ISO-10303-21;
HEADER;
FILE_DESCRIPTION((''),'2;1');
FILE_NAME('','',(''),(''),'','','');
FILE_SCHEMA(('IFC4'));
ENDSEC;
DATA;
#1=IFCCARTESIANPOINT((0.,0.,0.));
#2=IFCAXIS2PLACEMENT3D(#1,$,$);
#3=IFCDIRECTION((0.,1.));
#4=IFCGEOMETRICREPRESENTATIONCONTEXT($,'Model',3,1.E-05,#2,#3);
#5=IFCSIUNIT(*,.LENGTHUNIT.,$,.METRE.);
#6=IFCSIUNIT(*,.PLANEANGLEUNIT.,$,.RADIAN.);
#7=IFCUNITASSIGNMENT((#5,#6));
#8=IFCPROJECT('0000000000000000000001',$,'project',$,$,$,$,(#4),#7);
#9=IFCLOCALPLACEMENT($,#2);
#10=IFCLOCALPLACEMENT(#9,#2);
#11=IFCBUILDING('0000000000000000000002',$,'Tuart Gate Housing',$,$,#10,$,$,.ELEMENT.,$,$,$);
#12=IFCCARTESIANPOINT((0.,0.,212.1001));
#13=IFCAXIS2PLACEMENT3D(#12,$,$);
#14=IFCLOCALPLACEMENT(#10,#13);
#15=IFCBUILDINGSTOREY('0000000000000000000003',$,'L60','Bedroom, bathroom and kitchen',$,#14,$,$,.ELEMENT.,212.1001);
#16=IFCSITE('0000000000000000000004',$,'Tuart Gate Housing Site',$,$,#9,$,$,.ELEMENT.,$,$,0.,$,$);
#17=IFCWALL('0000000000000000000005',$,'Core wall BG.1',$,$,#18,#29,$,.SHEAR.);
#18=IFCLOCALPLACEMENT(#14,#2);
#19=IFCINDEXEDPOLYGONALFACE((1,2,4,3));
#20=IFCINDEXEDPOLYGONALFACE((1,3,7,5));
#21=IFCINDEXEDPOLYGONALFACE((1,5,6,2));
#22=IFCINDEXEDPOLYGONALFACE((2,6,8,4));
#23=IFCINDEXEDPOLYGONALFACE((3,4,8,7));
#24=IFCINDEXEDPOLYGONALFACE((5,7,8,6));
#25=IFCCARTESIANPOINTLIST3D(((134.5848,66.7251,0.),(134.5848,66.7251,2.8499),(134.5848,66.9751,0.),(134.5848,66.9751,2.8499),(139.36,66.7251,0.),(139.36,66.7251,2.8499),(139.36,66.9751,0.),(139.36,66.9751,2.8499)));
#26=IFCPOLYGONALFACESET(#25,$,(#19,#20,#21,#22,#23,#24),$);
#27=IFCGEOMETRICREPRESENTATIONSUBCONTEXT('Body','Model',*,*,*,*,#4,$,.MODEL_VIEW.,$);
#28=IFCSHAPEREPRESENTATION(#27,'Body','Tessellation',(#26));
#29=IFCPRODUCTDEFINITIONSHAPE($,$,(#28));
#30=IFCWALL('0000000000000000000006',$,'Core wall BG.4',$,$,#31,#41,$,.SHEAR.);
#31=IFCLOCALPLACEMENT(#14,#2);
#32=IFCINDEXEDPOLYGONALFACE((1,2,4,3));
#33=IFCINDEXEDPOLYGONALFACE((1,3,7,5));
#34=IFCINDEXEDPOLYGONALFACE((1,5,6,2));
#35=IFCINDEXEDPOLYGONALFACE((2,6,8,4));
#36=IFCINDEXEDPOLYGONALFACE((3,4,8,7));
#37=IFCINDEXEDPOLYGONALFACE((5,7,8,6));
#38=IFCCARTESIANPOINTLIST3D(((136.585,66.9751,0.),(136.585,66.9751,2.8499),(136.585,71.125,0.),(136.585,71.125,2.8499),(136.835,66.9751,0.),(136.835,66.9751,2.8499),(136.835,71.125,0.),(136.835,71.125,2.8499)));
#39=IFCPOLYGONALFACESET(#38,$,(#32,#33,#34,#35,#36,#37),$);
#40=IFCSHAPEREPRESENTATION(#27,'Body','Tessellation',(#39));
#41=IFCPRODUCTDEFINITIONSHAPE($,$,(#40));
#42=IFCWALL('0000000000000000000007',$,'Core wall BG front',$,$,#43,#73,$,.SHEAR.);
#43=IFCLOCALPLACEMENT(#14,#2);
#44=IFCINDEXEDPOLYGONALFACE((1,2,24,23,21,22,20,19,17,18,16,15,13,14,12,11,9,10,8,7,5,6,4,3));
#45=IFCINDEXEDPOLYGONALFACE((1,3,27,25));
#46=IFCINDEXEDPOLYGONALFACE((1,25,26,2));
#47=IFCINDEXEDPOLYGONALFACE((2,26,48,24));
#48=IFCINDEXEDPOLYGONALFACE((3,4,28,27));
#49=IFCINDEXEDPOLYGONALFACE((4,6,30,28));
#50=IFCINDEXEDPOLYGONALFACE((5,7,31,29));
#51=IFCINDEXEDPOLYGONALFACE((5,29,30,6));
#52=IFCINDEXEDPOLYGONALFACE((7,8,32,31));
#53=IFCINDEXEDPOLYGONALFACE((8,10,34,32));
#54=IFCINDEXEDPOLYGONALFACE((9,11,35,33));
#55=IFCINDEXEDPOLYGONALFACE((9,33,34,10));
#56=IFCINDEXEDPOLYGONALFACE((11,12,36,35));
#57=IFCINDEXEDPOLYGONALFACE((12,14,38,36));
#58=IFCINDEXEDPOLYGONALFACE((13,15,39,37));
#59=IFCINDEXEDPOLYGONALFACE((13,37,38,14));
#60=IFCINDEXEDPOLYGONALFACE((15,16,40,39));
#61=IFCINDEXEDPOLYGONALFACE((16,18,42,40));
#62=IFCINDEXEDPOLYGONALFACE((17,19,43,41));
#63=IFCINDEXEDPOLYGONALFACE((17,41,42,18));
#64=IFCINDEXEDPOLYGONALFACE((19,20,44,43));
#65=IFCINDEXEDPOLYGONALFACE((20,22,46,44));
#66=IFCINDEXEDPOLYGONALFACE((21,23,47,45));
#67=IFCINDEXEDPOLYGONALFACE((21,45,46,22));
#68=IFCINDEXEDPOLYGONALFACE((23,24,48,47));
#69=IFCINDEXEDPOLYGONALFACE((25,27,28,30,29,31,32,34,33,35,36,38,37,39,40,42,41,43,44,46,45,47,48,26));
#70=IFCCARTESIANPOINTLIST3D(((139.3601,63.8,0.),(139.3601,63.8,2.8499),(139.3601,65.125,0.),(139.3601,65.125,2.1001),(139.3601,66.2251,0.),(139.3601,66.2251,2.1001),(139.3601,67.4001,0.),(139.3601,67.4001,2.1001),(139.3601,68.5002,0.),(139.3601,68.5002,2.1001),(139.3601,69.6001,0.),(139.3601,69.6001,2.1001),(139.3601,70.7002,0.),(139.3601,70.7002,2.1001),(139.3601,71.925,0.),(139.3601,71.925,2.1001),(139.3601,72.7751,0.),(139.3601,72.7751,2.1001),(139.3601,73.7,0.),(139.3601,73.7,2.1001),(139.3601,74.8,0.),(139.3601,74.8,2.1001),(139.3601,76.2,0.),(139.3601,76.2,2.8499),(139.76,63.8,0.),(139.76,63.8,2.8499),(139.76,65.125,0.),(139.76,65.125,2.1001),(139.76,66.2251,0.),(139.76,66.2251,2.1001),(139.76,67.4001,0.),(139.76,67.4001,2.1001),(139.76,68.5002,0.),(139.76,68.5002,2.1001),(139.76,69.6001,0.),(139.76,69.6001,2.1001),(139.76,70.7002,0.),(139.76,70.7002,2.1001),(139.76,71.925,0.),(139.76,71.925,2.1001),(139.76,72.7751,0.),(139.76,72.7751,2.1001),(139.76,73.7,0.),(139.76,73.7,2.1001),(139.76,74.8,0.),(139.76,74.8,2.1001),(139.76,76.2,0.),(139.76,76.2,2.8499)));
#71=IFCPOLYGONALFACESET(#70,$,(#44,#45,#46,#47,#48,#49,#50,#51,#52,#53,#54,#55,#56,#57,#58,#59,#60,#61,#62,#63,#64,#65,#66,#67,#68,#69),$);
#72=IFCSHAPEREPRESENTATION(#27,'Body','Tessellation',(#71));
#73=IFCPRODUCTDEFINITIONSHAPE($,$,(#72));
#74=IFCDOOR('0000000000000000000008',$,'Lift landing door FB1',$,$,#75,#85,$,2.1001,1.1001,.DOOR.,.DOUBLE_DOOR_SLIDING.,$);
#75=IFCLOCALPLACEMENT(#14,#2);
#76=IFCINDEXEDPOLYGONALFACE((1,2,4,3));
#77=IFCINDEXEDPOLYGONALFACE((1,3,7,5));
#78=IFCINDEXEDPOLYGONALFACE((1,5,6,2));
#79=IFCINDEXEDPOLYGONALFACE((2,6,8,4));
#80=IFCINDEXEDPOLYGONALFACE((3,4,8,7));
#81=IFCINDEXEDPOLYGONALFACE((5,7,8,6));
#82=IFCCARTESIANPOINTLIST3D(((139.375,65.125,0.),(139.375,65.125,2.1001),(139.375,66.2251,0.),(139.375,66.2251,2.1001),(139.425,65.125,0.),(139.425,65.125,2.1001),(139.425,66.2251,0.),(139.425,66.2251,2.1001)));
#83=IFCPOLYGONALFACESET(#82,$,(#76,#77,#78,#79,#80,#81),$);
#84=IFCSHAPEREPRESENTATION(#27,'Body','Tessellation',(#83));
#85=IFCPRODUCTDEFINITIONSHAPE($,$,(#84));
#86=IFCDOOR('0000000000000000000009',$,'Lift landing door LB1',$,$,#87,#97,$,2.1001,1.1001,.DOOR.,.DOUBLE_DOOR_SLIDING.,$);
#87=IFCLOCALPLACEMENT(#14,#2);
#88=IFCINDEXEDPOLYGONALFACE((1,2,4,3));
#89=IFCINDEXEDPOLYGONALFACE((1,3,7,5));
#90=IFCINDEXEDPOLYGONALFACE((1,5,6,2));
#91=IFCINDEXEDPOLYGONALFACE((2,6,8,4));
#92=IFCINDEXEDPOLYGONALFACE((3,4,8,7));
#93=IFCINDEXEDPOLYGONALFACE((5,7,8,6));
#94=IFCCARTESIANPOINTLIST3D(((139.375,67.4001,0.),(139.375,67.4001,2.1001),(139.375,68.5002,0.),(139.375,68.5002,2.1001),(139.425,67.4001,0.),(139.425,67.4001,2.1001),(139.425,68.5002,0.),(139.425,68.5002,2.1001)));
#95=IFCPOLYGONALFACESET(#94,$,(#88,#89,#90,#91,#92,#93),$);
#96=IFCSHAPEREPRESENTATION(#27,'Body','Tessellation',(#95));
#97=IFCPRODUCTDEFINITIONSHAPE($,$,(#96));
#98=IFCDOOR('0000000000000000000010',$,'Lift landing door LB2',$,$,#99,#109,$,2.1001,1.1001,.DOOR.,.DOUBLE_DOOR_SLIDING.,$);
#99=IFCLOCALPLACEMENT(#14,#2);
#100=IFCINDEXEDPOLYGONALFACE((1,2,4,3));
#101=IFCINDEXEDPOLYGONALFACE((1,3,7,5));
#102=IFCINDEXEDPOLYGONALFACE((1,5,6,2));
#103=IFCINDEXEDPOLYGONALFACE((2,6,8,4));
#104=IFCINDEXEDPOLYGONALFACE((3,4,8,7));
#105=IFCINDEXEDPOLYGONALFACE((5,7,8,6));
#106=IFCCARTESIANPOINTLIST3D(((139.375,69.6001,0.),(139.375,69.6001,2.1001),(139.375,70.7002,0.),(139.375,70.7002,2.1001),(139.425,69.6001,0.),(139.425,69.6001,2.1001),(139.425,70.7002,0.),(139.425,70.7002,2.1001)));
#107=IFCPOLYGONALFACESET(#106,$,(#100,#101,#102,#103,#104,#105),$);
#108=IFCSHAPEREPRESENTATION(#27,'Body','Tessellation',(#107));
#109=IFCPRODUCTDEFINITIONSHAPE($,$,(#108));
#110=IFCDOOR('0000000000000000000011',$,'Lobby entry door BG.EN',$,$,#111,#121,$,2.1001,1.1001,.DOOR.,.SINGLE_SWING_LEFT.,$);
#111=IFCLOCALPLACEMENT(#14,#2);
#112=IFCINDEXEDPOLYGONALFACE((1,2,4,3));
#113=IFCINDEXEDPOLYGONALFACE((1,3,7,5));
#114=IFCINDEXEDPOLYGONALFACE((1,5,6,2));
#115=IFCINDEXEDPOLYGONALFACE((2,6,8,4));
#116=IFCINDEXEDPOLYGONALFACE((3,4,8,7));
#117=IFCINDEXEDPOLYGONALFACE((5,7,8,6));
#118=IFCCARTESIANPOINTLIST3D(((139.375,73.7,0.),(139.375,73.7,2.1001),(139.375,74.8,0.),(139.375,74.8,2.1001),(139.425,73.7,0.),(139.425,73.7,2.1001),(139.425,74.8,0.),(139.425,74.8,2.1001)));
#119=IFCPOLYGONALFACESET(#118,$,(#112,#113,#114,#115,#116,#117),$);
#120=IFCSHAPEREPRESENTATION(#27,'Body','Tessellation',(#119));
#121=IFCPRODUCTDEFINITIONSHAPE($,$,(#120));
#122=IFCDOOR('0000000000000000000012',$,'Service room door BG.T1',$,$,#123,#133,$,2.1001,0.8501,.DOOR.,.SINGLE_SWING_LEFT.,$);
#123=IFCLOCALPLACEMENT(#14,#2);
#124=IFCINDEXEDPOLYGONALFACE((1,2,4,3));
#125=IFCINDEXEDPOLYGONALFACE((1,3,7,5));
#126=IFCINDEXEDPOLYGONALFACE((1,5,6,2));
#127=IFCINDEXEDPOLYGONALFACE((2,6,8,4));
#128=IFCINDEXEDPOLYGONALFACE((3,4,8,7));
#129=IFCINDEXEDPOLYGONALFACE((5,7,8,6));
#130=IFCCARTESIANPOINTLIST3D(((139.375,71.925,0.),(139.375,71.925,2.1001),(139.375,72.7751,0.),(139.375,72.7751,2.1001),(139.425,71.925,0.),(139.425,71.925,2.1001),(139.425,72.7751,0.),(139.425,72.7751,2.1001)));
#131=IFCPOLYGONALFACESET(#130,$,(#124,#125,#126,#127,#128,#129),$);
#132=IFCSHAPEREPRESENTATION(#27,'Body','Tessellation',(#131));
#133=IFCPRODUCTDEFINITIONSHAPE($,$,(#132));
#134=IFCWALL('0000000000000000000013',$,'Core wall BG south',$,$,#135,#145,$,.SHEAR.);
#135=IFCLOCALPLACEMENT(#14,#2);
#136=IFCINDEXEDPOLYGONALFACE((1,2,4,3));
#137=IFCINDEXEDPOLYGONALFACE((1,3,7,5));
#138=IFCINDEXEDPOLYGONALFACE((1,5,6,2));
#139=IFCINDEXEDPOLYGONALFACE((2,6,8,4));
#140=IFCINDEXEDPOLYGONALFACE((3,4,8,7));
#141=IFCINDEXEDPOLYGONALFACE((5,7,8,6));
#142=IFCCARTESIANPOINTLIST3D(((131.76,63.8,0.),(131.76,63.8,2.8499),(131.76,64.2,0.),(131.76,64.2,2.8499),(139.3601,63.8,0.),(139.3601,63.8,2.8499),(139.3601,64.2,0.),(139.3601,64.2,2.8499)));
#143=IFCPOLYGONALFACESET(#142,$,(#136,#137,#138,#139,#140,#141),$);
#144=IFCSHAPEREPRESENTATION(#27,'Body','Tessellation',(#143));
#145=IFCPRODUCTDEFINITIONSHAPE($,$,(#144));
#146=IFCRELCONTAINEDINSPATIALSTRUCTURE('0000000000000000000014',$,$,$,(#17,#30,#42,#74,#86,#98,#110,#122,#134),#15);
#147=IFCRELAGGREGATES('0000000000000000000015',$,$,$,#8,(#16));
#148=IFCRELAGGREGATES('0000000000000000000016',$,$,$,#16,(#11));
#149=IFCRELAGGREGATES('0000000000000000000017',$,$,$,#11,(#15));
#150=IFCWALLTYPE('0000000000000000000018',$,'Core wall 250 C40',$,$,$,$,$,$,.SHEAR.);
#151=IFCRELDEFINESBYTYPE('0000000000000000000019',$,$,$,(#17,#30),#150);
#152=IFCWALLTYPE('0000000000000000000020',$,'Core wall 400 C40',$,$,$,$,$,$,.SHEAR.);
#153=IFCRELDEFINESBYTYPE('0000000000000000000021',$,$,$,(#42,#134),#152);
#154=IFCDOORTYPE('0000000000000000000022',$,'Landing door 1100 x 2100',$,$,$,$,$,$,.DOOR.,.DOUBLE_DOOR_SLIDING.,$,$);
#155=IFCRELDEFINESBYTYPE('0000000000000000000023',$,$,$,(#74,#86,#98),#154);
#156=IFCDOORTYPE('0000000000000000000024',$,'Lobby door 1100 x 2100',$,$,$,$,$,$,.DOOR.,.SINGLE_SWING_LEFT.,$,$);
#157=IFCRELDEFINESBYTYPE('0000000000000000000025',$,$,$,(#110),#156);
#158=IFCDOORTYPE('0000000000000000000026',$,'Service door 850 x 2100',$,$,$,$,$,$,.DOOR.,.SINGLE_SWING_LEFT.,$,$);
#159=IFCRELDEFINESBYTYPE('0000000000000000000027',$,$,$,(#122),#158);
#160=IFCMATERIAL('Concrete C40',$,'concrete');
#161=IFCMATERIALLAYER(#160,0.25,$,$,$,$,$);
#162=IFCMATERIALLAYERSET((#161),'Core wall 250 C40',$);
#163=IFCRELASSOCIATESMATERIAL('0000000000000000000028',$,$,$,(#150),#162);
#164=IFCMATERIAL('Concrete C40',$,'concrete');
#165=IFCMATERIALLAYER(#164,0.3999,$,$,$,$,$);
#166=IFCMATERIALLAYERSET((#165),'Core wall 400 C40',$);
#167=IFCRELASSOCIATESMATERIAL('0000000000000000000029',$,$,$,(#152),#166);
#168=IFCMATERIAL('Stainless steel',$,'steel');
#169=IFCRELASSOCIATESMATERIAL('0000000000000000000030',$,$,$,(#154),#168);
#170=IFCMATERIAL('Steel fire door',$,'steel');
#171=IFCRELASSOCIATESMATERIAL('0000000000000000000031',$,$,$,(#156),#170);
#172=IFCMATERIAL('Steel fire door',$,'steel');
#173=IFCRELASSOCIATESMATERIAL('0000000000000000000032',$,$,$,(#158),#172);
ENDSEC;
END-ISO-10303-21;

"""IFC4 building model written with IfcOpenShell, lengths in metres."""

from ifc_helpers import new_model, si_unit, direction, frame, frame_2d, origin, place, context, subcontext, project, spatial, rectangle, extrude, material, layer, layer_set, type_object, element, fill, save


model = new_model("IFC4")

# Units and contexts
model_context = context("Model", 3, precision=1e-05, world=origin(), true_north=direction((0.0, 1.0)))
body_context = subcontext(model_context, "Body", "Model", "MODEL_VIEW")
ifc_project = project(units=[si_unit("LENGTHUNIT", "METRE"), si_unit("PLANEANGLEUNIT", "RADIAN")], contexts=[model_context])

# Site, building, storey
site_placement = place(None, origin())
site = spatial("IfcSite", under=ifc_project, at=site_placement, Name="Tuart Gate Housing Site", CompositionType="ELEMENT", RefElevation=0.0)
building_placement = place(site_placement, origin())
building = spatial("IfcBuilding", under=site, at=building_placement, Name="Tuart Gate Housing", CompositionType="ELEMENT")
storey_placement = place(building_placement, frame((0.0, 0.0, 212.1001)))
storey = spatial("IfcBuildingStorey", under=building, at=storey_placement, Name="L60", Description="Bedroom, bathroom and kitchen", CompositionType="ELEMENT", Elevation=212.1001)

# Walls
ifc_material_1 = material(Name="Concrete C40", Category="concrete")
ifc_layer_1 = layer(ifc_material_1, 0.25)
ifc_layer_set_1 = layer_set([ifc_layer_1], Name="Core wall 250 C40")
wall_type_1 = type_object("IfcWallType", Name="Core wall 250 C40", PredefinedType="SHEAR", material=ifc_layer_set_1)
wall_1_placement = place(storey_placement, frame((139.3601, 66.8501, 0.0), z_axis=(0.0, 0.0, 1.0), x_axis=(-1.0, 0.0, 0.0)))
element("IfcWall", 1, at=wall_1_placement, inside=storey, type_object=wall_type_1, Name="Core wall BG.1", PredefinedType="SHEAR", context=body_context, shape_type="SweptSolid", body=[
    extrude(rectangle(XDim=4.7751, YDim=0.25, at=frame_2d((2.3877, 0.0))), origin(), (0.0, 0.0, 1.0), 2.8499),
])
wall_2_placement = place(storey_placement, frame((136.71, 66.9751, 0.0), z_axis=(0.0, 0.0, 1.0), x_axis=(0.0, 1.0, 0.0)))
element("IfcWall", 2, at=wall_2_placement, inside=storey, type_object=wall_type_1, Name="Core wall BG.4", PredefinedType="SHEAR", context=body_context, shape_type="SweptSolid", body=[
    extrude(rectangle(XDim=4.1499, YDim=0.25, at=frame_2d((2.075, 0.0))), origin(), (0.0, 0.0, 1.0), 2.8499),
])

# Wall, openings, doors
ifc_material_2 = material(Name="Concrete C40", Category="concrete")
ifc_layer_2 = layer(ifc_material_2, 0.3999)
ifc_layer_set_2 = layer_set([ifc_layer_2], Name="Core wall 400 C40")
wall_type_2 = type_object("IfcWallType", Name="Core wall 400 C40", PredefinedType="SHEAR", material=ifc_layer_set_2)
wall_3_placement = place(storey_placement, frame((139.5601, 63.8, 0.0), z_axis=(0.0, 0.0, 1.0), x_axis=(0.0, 1.0, 0.0)))
wall_3 = element("IfcWall", 3, at=wall_3_placement, inside=storey, type_object=wall_type_2, Name="Core wall BG front", PredefinedType="SHEAR", context=body_context, shape_type="SweptSolid", body=[
    extrude(rectangle(XDim=12.3999, YDim=0.3999, at=frame_2d((6.2, 0.0))), origin(), (0.0, 0.0, 1.0), 2.8499),
])
opening_1_placement = place(wall_3_placement, frame((1.325, 0.0, 0.0)))
opening_1 = element("IfcOpeningElement", 4, at=opening_1_placement, cuts=wall_3, PredefinedType="OPENING", context=body_context, shape_type="SweptSolid", body=[
    extrude(rectangle(XDim=1.1001, YDim=2.1001, at=frame_2d((0.55, 1.05))), frame((0.0, 0.21, 0.0), z_axis=(0.0, -1.0, 0.0), x_axis=(1.0, 0.0, 0.0)), (0.0, 0.0, 1.0), 0.4199),
])
opening_2_placement = place(wall_3_placement, frame((3.6001, 0.0, 0.0)))
opening_2 = element("IfcOpeningElement", 5, at=opening_2_placement, cuts=wall_3, PredefinedType="OPENING", context=body_context, shape_type="SweptSolid", body=[
    extrude(rectangle(XDim=1.1001, YDim=2.1001, at=frame_2d((0.55, 1.05))), frame((0.0, 0.21, 0.0), z_axis=(0.0, -1.0, 0.0), x_axis=(1.0, 0.0, 0.0)), (0.0, 0.0, 1.0), 0.4199),
])
opening_3_placement = place(wall_3_placement, frame((5.8, 0.0, 0.0)))
opening_3 = element("IfcOpeningElement", 6, at=opening_3_placement, cuts=wall_3, PredefinedType="OPENING", context=body_context, shape_type="SweptSolid", body=[
    extrude(rectangle(XDim=1.1001, YDim=2.1001, at=frame_2d((0.55, 1.05))), frame((0.0, 0.21, 0.0), z_axis=(0.0, -1.0, 0.0), x_axis=(1.0, 0.0, 0.0)), (0.0, 0.0, 1.0), 0.4199),
])
opening_4_placement = place(wall_3_placement, frame((9.8999, 0.0, 0.0)))
opening_4 = element("IfcOpeningElement", 7, at=opening_4_placement, cuts=wall_3, PredefinedType="OPENING", context=body_context, shape_type="SweptSolid", body=[
    extrude(rectangle(XDim=1.1001, YDim=2.1001, at=frame_2d((0.55, 1.05))), frame((0.0, 0.21, 0.0), z_axis=(0.0, -1.0, 0.0), x_axis=(1.0, 0.0, 0.0)), (0.0, 0.0, 1.0), 0.4199),
])
opening_5_placement = place(wall_3_placement, frame((8.125, 0.0, 0.0)))
opening_5 = element("IfcOpeningElement", 8, at=opening_5_placement, cuts=wall_3, PredefinedType="OPENING", context=body_context, shape_type="SweptSolid", body=[
    extrude(rectangle(XDim=0.8501, YDim=2.1001, at=frame_2d((0.425, 1.05))), frame((0.0, 0.21, 0.0), z_axis=(0.0, -1.0, 0.0), x_axis=(1.0, 0.0, 0.0)), (0.0, 0.0, 1.0), 0.4199),
])
ifc_material_3 = material(Name="Stainless steel", Category="steel")
door_type_1 = type_object("IfcDoorType", Name="Landing door 1100 x 2100", OperationType="DOUBLE_DOOR_SLIDING", PredefinedType="DOOR", material=ifc_material_3)
door_1_placement = place(opening_1_placement, origin())
door_1 = element("IfcDoor", 9, at=door_1_placement, inside=storey, type_object=door_type_1, Name="Lift landing door FB1", OperationType="DOUBLE_DOOR_SLIDING", OverallHeight=2.1001, OverallWidth=1.1001, PredefinedType="DOOR", context=body_context, shape_type="SweptSolid", body=[
    extrude(rectangle(XDim=1.1001, YDim=2.1001, at=frame_2d((0.55, 1.05))), frame((0.0, 0.1851, 0.0), z_axis=(0.0, -1.0, 0.0), x_axis=(1.0, 0.0, 0.0)), (0.0, 0.0, 1.0), 0.05),
])
fill(opening_1, door_1)
door_2_placement = place(opening_2_placement, origin())
door_2 = element("IfcDoor", 10, at=door_2_placement, inside=storey, type_object=door_type_1, Name="Lift landing door LB1", OperationType="DOUBLE_DOOR_SLIDING", OverallHeight=2.1001, OverallWidth=1.1001, PredefinedType="DOOR", context=body_context, shape_type="SweptSolid", body=[
    extrude(rectangle(XDim=1.1001, YDim=2.1001, at=frame_2d((0.55, 1.05))), frame((0.0, 0.1851, 0.0), z_axis=(0.0, -1.0, 0.0), x_axis=(1.0, 0.0, 0.0)), (0.0, 0.0, 1.0), 0.05),
])
fill(opening_2, door_2)
door_3_placement = place(opening_3_placement, origin())
door_3 = element("IfcDoor", 11, at=door_3_placement, inside=storey, type_object=door_type_1, Name="Lift landing door LB2", OperationType="DOUBLE_DOOR_SLIDING", OverallHeight=2.1001, OverallWidth=1.1001, PredefinedType="DOOR", context=body_context, shape_type="SweptSolid", body=[
    extrude(rectangle(XDim=1.1001, YDim=2.1001, at=frame_2d((0.55, 1.05))), frame((0.0, 0.1851, 0.0), z_axis=(0.0, -1.0, 0.0), x_axis=(1.0, 0.0, 0.0)), (0.0, 0.0, 1.0), 0.05),
])
fill(opening_3, door_3)
ifc_material_4 = material(Name="Steel fire door", Category="steel")
door_type_2 = type_object("IfcDoorType", Name="Lobby door 1100 x 2100", OperationType="SINGLE_SWING_LEFT", PredefinedType="DOOR", material=ifc_material_4)
door_4_placement = place(opening_4_placement, origin())
door_4 = element("IfcDoor", 12, at=door_4_placement, inside=storey, type_object=door_type_2, Name="Lobby entry door BG.EN", OperationType="SINGLE_SWING_LEFT", OverallHeight=2.1001, OverallWidth=1.1001, PredefinedType="DOOR", context=body_context, shape_type="SweptSolid", body=[
    extrude(rectangle(XDim=1.1001, YDim=2.1001, at=frame_2d((0.55, 1.05))), frame((0.0, 0.1851, 0.0), z_axis=(0.0, -1.0, 0.0), x_axis=(1.0, 0.0, 0.0)), (0.0, 0.0, 1.0), 0.05),
])
fill(opening_4, door_4)
ifc_material_5 = material(Name="Steel fire door", Category="steel")
door_type_3 = type_object("IfcDoorType", Name="Service door 850 x 2100", OperationType="SINGLE_SWING_LEFT", PredefinedType="DOOR", material=ifc_material_5)
door_5_placement = place(opening_5_placement, origin())
door_5 = element("IfcDoor", 13, at=door_5_placement, inside=storey, type_object=door_type_3, Name="Service room door BG.T1", OperationType="SINGLE_SWING_LEFT", OverallHeight=2.1001, OverallWidth=0.8501, PredefinedType="DOOR", context=body_context, shape_type="SweptSolid", body=[
    extrude(rectangle(XDim=0.8501, YDim=2.1001, at=frame_2d((0.425, 1.05))), frame((0.0, 0.1851, 0.0), z_axis=(0.0, -1.0, 0.0), x_axis=(1.0, 0.0, 0.0)), (0.0, 0.0, 1.0), 0.05),
])
fill(opening_5, door_5)

# Wall
wall_4_placement = place(storey_placement, frame((139.3601, 64.0, 0.0), z_axis=(0.0, 0.0, 1.0), x_axis=(-1.0, 0.0, 0.0)))
element("IfcWall", 14, at=wall_4_placement, inside=storey, type_object=wall_type_2, Name="Core wall BG south", PredefinedType="SHEAR", context=body_context, shape_type="SweptSolid", body=[
    extrude(rectangle(XDim=7.6001, YDim=0.3999, at=frame_2d((3.8, 0.0))), origin(), (0.0, 0.0, 1.0), 2.8499),
])

save(model, "model.ifc")
